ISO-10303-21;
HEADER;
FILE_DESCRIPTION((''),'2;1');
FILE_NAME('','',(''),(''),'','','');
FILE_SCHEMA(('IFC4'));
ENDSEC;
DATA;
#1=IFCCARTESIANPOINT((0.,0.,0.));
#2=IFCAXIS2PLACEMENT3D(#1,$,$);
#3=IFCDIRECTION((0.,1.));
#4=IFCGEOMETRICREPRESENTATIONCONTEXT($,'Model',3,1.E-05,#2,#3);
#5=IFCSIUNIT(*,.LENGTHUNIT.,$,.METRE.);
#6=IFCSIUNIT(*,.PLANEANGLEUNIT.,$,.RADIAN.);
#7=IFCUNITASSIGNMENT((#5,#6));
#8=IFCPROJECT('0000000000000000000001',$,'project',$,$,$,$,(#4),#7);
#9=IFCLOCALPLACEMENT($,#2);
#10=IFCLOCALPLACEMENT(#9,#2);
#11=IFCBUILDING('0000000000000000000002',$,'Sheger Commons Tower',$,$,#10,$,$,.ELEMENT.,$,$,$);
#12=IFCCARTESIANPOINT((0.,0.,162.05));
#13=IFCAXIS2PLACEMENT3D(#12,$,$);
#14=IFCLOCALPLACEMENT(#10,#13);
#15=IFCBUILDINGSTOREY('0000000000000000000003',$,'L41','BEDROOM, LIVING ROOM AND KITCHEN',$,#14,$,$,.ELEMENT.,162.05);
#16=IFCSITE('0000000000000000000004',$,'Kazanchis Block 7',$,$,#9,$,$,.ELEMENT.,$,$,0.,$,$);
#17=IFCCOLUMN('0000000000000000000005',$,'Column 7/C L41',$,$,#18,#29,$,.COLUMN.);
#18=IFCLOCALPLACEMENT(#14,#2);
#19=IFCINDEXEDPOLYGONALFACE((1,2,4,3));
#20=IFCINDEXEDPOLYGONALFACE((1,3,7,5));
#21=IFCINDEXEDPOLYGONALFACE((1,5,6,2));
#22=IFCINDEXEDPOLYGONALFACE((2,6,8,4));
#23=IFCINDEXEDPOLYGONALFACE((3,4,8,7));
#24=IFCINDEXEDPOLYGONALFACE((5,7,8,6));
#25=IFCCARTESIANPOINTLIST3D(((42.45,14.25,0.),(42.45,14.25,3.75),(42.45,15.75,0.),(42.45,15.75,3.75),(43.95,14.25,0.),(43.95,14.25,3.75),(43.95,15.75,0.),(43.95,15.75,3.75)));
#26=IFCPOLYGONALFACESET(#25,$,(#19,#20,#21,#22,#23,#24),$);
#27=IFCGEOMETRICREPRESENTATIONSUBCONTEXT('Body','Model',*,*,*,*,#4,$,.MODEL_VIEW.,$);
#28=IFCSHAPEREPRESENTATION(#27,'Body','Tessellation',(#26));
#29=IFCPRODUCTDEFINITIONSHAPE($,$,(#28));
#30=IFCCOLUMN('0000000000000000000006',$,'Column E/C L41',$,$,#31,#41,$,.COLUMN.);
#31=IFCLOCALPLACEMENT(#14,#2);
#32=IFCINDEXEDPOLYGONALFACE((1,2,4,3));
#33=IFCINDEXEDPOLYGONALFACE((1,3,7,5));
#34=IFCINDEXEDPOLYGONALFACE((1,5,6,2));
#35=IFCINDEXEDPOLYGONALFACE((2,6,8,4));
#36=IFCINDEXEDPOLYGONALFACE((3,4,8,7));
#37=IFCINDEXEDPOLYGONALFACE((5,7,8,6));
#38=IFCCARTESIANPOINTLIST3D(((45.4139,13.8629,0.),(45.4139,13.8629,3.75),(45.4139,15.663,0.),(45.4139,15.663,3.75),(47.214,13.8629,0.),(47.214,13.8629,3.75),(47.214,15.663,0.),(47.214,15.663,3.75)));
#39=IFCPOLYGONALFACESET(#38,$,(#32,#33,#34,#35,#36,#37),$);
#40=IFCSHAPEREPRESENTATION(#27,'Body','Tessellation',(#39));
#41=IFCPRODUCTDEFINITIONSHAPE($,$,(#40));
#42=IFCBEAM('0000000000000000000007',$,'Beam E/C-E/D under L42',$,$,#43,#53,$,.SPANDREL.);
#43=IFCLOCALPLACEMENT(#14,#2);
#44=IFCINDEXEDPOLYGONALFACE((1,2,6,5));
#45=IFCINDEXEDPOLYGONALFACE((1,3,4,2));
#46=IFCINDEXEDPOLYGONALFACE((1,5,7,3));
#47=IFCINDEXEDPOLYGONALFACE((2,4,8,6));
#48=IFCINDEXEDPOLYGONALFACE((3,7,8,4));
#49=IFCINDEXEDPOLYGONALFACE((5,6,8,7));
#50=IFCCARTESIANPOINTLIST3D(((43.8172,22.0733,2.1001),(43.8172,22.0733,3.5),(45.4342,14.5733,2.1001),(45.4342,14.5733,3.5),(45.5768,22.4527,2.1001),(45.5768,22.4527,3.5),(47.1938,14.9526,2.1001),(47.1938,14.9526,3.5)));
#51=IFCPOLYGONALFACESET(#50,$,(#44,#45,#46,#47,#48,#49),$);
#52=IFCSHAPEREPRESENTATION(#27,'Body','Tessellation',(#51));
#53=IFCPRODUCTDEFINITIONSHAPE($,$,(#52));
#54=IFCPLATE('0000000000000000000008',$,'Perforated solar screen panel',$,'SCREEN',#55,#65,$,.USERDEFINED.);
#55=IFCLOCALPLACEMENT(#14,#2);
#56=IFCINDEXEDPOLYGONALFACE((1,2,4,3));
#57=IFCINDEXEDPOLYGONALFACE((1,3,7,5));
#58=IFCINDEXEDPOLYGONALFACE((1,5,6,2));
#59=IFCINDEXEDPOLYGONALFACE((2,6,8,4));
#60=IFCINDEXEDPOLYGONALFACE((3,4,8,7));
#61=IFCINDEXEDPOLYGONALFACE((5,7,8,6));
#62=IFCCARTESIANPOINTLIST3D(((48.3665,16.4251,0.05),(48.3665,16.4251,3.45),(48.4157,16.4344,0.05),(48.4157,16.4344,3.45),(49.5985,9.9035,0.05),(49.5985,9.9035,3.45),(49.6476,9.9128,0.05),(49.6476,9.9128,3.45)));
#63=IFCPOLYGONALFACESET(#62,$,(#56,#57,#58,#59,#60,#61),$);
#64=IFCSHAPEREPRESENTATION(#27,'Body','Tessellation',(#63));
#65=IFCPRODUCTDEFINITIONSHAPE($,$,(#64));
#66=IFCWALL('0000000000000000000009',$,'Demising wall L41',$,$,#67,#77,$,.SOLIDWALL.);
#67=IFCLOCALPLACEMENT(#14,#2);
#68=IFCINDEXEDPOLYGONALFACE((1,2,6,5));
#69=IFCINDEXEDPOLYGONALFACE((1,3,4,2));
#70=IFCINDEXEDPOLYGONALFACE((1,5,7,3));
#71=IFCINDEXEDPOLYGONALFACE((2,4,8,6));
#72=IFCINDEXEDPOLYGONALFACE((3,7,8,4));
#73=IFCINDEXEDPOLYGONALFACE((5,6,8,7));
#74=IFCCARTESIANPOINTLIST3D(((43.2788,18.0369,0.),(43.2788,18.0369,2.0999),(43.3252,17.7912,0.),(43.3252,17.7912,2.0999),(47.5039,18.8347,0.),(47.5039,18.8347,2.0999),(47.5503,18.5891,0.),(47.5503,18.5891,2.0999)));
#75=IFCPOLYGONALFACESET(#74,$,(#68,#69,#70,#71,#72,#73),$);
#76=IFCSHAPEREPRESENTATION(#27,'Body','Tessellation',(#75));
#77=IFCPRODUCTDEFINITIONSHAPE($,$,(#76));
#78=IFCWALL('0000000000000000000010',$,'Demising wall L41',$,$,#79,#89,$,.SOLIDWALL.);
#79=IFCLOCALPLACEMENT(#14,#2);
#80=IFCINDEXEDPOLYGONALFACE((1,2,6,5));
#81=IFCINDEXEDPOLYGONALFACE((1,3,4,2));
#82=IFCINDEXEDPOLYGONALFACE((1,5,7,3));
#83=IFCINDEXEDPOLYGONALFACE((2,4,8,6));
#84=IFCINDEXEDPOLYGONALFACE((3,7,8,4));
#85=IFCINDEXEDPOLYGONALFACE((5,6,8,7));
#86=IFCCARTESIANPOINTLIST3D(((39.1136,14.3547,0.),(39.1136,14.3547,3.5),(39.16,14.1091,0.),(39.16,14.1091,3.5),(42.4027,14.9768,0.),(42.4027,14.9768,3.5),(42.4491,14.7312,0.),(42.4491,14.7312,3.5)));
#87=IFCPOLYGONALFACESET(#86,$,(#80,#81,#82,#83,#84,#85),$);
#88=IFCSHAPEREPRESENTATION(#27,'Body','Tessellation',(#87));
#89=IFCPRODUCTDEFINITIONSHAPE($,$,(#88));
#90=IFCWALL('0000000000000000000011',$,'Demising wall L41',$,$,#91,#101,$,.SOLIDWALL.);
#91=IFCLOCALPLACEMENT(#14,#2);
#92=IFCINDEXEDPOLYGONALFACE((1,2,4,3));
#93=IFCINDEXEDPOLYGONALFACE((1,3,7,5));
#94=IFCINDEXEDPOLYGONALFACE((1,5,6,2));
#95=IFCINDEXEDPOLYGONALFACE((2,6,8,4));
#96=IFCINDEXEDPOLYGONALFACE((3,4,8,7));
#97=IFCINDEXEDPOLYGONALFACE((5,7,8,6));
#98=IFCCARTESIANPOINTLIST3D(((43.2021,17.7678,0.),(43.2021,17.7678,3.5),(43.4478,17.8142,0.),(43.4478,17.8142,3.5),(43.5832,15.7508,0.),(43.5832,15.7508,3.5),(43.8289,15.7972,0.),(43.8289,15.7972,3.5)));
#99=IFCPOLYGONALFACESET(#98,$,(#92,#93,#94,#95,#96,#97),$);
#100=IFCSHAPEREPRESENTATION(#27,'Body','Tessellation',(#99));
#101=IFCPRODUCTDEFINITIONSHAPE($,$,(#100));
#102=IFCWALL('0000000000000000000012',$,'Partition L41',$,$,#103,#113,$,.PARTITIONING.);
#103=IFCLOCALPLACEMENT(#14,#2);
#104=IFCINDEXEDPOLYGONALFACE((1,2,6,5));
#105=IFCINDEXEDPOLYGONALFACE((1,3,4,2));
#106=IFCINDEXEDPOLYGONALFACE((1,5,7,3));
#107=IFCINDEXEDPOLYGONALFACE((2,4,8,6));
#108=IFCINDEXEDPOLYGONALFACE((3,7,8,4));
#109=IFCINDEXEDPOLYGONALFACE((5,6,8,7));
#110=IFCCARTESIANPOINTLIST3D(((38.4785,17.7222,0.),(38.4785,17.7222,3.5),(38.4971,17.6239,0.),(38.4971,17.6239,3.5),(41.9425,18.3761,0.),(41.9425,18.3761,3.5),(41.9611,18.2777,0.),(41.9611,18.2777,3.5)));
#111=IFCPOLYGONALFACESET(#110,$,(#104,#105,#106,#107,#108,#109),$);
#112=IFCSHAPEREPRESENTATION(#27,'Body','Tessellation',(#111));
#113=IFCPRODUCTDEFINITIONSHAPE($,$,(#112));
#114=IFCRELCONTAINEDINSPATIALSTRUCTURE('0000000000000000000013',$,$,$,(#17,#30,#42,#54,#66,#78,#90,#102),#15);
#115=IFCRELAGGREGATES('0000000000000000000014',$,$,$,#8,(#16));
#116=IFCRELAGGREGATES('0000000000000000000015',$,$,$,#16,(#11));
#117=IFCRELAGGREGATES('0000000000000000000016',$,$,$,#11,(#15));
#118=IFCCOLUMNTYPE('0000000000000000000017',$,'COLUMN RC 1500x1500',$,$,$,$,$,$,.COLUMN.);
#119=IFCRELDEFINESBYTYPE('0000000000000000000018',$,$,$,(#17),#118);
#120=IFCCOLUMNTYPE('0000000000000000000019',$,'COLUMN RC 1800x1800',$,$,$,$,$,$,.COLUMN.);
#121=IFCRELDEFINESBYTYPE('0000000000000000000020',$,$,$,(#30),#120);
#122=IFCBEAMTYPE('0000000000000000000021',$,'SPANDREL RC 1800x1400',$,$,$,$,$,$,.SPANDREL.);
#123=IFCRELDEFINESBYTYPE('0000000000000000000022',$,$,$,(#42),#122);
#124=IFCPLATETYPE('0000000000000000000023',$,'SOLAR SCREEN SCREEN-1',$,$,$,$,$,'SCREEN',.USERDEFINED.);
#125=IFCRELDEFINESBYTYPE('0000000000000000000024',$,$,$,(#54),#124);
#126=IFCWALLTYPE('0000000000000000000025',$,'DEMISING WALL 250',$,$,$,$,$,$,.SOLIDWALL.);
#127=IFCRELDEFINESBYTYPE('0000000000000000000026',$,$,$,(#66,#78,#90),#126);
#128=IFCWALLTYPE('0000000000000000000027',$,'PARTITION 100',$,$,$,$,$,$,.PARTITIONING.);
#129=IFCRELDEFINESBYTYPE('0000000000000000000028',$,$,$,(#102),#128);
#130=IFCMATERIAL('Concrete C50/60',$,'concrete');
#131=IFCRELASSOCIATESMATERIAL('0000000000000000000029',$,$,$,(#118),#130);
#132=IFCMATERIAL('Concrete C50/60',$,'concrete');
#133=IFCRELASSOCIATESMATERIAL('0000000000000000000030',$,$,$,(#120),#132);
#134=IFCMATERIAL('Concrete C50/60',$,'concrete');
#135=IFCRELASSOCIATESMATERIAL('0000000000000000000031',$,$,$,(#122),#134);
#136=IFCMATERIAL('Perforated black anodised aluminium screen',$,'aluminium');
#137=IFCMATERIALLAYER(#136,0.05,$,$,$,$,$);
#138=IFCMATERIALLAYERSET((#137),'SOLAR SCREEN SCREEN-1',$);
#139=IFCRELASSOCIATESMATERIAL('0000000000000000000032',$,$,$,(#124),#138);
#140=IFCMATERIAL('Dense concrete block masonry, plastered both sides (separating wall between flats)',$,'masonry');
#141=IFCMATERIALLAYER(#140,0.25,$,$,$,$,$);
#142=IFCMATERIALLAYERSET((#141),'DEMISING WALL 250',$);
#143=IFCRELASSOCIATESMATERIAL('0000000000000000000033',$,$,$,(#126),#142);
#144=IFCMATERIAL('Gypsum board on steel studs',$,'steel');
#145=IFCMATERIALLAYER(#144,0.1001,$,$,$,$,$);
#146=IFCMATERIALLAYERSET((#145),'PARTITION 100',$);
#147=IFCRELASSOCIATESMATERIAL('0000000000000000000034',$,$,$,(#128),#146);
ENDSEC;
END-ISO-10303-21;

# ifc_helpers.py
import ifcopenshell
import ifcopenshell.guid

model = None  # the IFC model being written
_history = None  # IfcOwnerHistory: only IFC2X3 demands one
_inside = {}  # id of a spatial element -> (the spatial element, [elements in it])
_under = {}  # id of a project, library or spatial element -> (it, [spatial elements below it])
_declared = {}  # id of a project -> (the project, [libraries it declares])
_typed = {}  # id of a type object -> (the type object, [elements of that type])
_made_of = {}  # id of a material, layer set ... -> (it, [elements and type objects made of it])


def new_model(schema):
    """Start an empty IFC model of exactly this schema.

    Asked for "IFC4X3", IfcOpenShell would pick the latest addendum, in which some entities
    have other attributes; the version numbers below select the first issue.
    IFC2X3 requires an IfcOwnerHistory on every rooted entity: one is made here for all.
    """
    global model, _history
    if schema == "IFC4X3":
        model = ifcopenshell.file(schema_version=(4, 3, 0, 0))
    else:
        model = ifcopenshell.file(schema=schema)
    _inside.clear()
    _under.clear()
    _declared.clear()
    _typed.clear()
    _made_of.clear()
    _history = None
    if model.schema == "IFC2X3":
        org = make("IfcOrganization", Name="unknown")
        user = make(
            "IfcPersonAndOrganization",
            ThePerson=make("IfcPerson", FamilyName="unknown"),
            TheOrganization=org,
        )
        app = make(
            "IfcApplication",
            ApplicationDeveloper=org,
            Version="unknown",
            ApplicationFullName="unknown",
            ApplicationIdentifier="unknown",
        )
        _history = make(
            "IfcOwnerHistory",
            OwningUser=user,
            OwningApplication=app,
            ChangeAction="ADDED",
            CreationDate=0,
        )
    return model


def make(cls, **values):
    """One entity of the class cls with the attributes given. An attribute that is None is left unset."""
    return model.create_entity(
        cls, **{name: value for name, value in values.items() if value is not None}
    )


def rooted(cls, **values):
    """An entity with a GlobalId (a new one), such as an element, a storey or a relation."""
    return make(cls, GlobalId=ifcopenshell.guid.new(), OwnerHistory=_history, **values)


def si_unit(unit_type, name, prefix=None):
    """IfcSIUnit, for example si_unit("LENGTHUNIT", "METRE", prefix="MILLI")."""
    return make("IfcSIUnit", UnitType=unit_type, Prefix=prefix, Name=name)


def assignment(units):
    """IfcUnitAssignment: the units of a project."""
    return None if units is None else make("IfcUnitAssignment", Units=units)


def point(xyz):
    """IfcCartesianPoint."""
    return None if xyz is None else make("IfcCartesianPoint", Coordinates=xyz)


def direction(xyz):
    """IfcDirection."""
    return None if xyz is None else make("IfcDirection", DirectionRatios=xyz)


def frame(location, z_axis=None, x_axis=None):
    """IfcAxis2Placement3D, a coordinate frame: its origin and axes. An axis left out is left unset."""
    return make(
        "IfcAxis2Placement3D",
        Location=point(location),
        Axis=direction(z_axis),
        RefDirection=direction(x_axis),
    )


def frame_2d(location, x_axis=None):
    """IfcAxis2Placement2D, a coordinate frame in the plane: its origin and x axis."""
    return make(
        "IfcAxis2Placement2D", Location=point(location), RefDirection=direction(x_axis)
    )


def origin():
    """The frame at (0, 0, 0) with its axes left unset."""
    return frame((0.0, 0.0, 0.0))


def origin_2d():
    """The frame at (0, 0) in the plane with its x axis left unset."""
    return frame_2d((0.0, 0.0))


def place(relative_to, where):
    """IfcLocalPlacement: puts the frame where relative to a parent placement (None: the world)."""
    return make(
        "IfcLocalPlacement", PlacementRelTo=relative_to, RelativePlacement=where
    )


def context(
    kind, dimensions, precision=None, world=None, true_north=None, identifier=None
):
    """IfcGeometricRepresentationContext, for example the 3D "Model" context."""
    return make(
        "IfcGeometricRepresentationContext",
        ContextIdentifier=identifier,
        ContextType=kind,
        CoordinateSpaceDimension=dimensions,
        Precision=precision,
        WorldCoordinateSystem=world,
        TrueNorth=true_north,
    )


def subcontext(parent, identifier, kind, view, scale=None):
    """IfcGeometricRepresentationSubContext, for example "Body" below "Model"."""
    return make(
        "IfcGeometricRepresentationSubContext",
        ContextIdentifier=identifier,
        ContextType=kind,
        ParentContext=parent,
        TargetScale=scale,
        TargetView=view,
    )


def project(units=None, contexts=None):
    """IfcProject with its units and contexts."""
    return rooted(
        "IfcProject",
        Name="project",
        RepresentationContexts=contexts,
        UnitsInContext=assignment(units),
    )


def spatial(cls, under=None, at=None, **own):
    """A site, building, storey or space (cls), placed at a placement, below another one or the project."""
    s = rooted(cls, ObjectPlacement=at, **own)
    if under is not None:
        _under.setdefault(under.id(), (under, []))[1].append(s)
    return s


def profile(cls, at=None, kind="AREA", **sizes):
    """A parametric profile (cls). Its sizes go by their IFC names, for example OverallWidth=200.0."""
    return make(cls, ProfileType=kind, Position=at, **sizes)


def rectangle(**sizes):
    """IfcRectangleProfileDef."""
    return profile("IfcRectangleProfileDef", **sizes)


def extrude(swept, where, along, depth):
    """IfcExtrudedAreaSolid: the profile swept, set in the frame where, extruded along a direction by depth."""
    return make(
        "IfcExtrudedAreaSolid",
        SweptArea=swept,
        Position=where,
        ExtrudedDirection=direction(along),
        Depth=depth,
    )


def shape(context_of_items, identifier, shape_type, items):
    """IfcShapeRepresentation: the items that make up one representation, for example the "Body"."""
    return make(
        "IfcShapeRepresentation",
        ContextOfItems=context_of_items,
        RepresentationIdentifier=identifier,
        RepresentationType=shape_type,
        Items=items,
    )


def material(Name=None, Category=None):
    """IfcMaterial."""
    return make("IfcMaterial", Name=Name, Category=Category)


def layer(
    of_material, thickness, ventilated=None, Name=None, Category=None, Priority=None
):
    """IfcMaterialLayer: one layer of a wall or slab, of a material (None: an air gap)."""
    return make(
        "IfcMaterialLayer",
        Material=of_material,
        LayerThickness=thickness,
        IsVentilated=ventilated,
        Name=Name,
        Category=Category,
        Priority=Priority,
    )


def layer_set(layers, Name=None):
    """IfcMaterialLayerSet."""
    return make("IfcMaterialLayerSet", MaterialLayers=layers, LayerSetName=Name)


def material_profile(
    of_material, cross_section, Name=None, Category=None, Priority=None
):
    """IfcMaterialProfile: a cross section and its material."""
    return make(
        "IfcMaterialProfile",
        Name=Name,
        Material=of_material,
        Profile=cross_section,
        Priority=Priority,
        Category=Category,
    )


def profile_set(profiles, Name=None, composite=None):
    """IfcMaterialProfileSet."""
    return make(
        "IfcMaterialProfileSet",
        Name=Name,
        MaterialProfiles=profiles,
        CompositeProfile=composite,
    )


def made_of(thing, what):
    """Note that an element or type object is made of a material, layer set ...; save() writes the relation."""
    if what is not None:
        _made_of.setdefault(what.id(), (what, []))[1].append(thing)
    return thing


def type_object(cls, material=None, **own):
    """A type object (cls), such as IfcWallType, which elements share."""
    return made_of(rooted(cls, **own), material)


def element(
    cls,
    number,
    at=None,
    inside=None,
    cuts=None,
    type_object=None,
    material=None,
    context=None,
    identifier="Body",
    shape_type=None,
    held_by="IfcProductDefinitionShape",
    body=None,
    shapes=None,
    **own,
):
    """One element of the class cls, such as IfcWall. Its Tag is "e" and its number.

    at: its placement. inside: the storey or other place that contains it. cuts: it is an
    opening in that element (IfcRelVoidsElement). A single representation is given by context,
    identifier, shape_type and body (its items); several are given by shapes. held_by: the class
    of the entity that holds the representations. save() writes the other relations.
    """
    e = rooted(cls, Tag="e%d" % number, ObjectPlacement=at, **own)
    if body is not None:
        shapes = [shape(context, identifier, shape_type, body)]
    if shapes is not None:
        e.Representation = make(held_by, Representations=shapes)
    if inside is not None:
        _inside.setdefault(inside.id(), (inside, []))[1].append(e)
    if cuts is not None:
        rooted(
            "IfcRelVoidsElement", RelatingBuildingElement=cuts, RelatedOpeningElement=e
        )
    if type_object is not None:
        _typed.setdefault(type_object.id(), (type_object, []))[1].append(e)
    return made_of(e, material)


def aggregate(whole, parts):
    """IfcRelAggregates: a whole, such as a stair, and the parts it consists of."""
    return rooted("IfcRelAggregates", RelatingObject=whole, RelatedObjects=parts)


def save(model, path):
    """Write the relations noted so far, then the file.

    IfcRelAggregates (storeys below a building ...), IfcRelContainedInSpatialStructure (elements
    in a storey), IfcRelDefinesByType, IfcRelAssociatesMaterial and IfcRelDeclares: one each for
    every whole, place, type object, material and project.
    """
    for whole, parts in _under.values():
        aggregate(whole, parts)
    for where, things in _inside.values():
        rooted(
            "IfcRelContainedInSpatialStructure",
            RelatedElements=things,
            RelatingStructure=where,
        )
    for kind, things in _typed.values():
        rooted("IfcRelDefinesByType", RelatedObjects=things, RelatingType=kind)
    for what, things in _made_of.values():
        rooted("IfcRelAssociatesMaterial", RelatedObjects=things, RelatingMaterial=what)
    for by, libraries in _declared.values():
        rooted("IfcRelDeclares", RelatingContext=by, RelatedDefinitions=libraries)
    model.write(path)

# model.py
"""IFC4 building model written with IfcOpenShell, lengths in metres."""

from ifc_helpers import new_model, si_unit, direction, frame, frame_2d, origin, origin_2d, place, context, subcontext, project, spatial, rectangle, extrude, material, layer, layer_set, material_profile, profile_set, type_object, element, save


model = new_model("IFC4")

# Units and contexts
model_context = context("Model", 3, precision=1e-05, world=origin(), true_north=direction((0.0, 1.0)))
body_context = subcontext(model_context, "Body", "Model", "MODEL_VIEW")
ifc_project = project(units=[si_unit("LENGTHUNIT", "METRE"), si_unit("PLANEANGLEUNIT", "RADIAN")], contexts=[model_context])

# Site, building, storey
site_placement = place(None, origin())
site = spatial("IfcSite", under=ifc_project, at=site_placement, Name="Kazanchis Block 7", CompositionType="ELEMENT", RefElevation=0.0)
building_placement = place(site_placement, origin())
building = spatial("IfcBuilding", under=site, at=building_placement, Name="Sheger Commons Tower", CompositionType="ELEMENT")
storey_placement = place(building_placement, frame((0.0, 0.0, 162.05)))
storey = spatial("IfcBuildingStorey", under=building, at=storey_placement, Name="L41", Description="BEDROOM, LIVING ROOM AND KITCHEN", CompositionType="ELEMENT", Elevation=162.05)

# Columns
ifc_material_1 = material(Name="Concrete C50/60", Category="concrete")
ifc_material_profile_1 = material_profile(ifc_material_1, rectangle(XDim=1.5, YDim=1.5, at=origin_2d()), Name="RC 1500x1500")
ifc_profile_set_1 = profile_set([ifc_material_profile_1], Name="Concrete C50/60")
column_type_1 = type_object("IfcColumnType", Name="COLUMN RC 1500x1500", PredefinedType="COLUMN", material=ifc_profile_set_1)
column_1_placement = place(storey_placement, frame((43.2, 15.0, 0.0), z_axis=(0.0, 0.0, 1.0), x_axis=(1.0, 0.0, 0.0)))
element("IfcColumn", 1, at=column_1_placement, inside=storey, type_object=column_type_1, Name="Column 7/C L41", PredefinedType="COLUMN", context=body_context, shape_type="SweptSolid", body=[
    extrude(rectangle(XDim=1.5, YDim=1.5, at=origin_2d()), origin(), (0.0, 0.0, 1.0), 3.75),
])
ifc_material_2 = material(Name="Concrete C50/60", Category="concrete")
ifc_material_profile_2 = material_profile(ifc_material_2, rectangle(XDim=1.8, YDim=1.8, at=origin_2d()), Name="RC 1800x1800")
ifc_profile_set_2 = profile_set([ifc_material_profile_2], Name="Concrete C50/60")
column_type_2 = type_object("IfcColumnType", Name="COLUMN RC 1800x1800", PredefinedType="COLUMN", material=ifc_profile_set_2)
column_2_placement = place(storey_placement, frame((46.314, 14.7629, 0.0), z_axis=(0.0, 0.0, 1.0), x_axis=(1.0, 0.0, 0.0)))
element("IfcColumn", 2, at=column_2_placement, inside=storey, type_object=column_type_2, Name="Column E/C L41", PredefinedType="COLUMN", context=body_context, shape_type="SweptSolid", body=[
    extrude(rectangle(XDim=1.8, YDim=1.8, at=origin_2d()), origin(), (0.0, 0.0, 1.0), 3.75),
])

# Beam
ifc_material_3 = material(Name="Concrete C50/60", Category="concrete")
ifc_material_profile_3 = material_profile(ifc_material_3, rectangle(XDim=1.8, YDim=1.3999, at=origin_2d()), Name="RC 1800x1400")
ifc_profile_set_3 = profile_set([ifc_material_profile_3], Name="Concrete C50/60")
beam_type = type_object("IfcBeamType", Name="SPANDREL RC 1800x1400", PredefinedType="SPANDREL", material=ifc_profile_set_3)
beam_placement = place(storey_placement, frame((46.314, 14.7629, 2.8), z_axis=(-0.21075, 0.97754, 0.0), x_axis=(-0.97754, -0.21075, 0.0)))
element("IfcBeam", 3, at=beam_placement, inside=storey, type_object=beam_type, Name="Beam E/C-E/D under L42", PredefinedType="SPANDREL", context=body_context, shape_type="SweptSolid", body=[
    extrude(rectangle(XDim=1.8, YDim=1.3999, at=origin_2d()), origin(), (0.0, 0.0, 1.0), 7.6724),
])

# Plate
ifc_material_4 = material(Name="Perforated black anodised aluminium screen", Category="aluminium")
ifc_layer_1 = layer(ifc_material_4, 0.05)
ifc_layer_set_1 = layer_set([ifc_layer_1], Name="SOLAR SCREEN SCREEN-1")
plate_type = type_object("IfcPlateType", Name="SOLAR SCREEN SCREEN-1", ElementType="SCREEN", PredefinedType="USERDEFINED", material=ifc_layer_set_1)
plate_placement = place(storey_placement, frame((49.0071, 13.1689, 0.05), z_axis=(0.0, 0.0, 1.0), x_axis=(-0.185615, 0.982623, 0.0)))
element("IfcPlate", 4, at=plate_placement, inside=storey, type_object=plate_type, Name="Perforated solar screen panel", ObjectType="SCREEN", PredefinedType="USERDEFINED", context=body_context, shape_type="SweptSolid", body=[
    extrude(rectangle(XDim=6.637, YDim=0.05, at=origin_2d()), origin(), (0.0, 0.0, 1.0), 3.3999),
])

# Walls
ifc_material_5 = material(Name="Dense concrete block masonry, plastered both sides (separating wall between flats)", Category="masonry")
ifc_layer_2 = layer(ifc_material_5, 0.25)
ifc_layer_set_2 = layer_set([ifc_layer_2], Name="DEMISING WALL 250")
wall_type_1 = type_object("IfcWallType", Name="DEMISING WALL 250", PredefinedType="SOLIDWALL", material=ifc_layer_set_2)
wall_1_placement = place(storey_placement, frame((47.5271, 18.7119, 0.0), z_axis=(0.0, 0.0, 1.0), x_axis=(-0.982634, -0.185557, 0.0)))
element("IfcWall", 5, at=wall_1_placement, inside=storey, type_object=wall_type_1, Name="Demising wall L41", PredefinedType="SOLIDWALL", context=body_context, shape_type="SweptSolid", body=[
    extrude(rectangle(XDim=4.2998, YDim=0.25, at=frame_2d((2.1499, 0.0))), origin(), (0.0, 0.0, 1.0), 2.0999),
])
wall_2_placement = place(storey_placement, frame((42.426, 14.854, 0.0), z_axis=(0.0, 0.0, 1.0), x_axis=(-0.98258, -0.185838, 0.0)))
element("IfcWall", 6, at=wall_2_placement, inside=storey, type_object=wall_type_1, Name="Demising wall L41", PredefinedType="SOLIDWALL", context=body_context, shape_type="SweptSolid", body=[
    extrude(rectangle(XDim=3.3474, YDim=0.25, at=frame_2d((1.6738, 0.0))), origin(), (0.0, 0.0, 1.0), 3.5),
])
wall_3_placement = place(storey_placement, frame((43.325, 17.791, 0.0), z_axis=(0.0, 0.0, 1.0), x_axis=(0.185653, -0.982615, 0.0)))
element("IfcWall", 7, at=wall_3_placement, inside=storey, type_object=wall_type_1, Name="Demising wall L41", PredefinedType="SOLIDWALL", context=body_context, shape_type="SweptSolid", body=[
    extrude(rectangle(XDim=2.0527, YDim=0.25, at=frame_2d((1.0264, 0.0))), origin(), (0.0, 0.0, 1.0), 3.5),
])
ifc_material_6 = material(Name="Gypsum board on steel studs", Category="steel")
ifc_layer_3 = layer(ifc_material_6, 0.1001)
ifc_layer_set_3 = layer_set([ifc_layer_3], Name="PARTITION 100")
wall_type_2 = type_object("IfcWallType", Name="PARTITION 100", PredefinedType="PARTITIONING", material=ifc_layer_set_3)
wall_4_placement = place(storey_placement, frame((41.9519, 18.3269, 0.0), z_axis=(0.0, 0.0, 1.0), x_axis=(-0.982649, -0.185476, 0.0)))
element("IfcWall", 8, at=wall_4_placement, inside=storey, type_object=wall_type_2, Name="Partition L41", PredefinedType="PARTITIONING", context=body_context, shape_type="SweptSolid", body=[
    extrude(rectangle(XDim=3.5251, YDim=0.1001, at=frame_2d((1.7627, 0.0))), origin(), (0.0, 0.0, 1.0), 3.5),
])

save(model, "model.ifc")
